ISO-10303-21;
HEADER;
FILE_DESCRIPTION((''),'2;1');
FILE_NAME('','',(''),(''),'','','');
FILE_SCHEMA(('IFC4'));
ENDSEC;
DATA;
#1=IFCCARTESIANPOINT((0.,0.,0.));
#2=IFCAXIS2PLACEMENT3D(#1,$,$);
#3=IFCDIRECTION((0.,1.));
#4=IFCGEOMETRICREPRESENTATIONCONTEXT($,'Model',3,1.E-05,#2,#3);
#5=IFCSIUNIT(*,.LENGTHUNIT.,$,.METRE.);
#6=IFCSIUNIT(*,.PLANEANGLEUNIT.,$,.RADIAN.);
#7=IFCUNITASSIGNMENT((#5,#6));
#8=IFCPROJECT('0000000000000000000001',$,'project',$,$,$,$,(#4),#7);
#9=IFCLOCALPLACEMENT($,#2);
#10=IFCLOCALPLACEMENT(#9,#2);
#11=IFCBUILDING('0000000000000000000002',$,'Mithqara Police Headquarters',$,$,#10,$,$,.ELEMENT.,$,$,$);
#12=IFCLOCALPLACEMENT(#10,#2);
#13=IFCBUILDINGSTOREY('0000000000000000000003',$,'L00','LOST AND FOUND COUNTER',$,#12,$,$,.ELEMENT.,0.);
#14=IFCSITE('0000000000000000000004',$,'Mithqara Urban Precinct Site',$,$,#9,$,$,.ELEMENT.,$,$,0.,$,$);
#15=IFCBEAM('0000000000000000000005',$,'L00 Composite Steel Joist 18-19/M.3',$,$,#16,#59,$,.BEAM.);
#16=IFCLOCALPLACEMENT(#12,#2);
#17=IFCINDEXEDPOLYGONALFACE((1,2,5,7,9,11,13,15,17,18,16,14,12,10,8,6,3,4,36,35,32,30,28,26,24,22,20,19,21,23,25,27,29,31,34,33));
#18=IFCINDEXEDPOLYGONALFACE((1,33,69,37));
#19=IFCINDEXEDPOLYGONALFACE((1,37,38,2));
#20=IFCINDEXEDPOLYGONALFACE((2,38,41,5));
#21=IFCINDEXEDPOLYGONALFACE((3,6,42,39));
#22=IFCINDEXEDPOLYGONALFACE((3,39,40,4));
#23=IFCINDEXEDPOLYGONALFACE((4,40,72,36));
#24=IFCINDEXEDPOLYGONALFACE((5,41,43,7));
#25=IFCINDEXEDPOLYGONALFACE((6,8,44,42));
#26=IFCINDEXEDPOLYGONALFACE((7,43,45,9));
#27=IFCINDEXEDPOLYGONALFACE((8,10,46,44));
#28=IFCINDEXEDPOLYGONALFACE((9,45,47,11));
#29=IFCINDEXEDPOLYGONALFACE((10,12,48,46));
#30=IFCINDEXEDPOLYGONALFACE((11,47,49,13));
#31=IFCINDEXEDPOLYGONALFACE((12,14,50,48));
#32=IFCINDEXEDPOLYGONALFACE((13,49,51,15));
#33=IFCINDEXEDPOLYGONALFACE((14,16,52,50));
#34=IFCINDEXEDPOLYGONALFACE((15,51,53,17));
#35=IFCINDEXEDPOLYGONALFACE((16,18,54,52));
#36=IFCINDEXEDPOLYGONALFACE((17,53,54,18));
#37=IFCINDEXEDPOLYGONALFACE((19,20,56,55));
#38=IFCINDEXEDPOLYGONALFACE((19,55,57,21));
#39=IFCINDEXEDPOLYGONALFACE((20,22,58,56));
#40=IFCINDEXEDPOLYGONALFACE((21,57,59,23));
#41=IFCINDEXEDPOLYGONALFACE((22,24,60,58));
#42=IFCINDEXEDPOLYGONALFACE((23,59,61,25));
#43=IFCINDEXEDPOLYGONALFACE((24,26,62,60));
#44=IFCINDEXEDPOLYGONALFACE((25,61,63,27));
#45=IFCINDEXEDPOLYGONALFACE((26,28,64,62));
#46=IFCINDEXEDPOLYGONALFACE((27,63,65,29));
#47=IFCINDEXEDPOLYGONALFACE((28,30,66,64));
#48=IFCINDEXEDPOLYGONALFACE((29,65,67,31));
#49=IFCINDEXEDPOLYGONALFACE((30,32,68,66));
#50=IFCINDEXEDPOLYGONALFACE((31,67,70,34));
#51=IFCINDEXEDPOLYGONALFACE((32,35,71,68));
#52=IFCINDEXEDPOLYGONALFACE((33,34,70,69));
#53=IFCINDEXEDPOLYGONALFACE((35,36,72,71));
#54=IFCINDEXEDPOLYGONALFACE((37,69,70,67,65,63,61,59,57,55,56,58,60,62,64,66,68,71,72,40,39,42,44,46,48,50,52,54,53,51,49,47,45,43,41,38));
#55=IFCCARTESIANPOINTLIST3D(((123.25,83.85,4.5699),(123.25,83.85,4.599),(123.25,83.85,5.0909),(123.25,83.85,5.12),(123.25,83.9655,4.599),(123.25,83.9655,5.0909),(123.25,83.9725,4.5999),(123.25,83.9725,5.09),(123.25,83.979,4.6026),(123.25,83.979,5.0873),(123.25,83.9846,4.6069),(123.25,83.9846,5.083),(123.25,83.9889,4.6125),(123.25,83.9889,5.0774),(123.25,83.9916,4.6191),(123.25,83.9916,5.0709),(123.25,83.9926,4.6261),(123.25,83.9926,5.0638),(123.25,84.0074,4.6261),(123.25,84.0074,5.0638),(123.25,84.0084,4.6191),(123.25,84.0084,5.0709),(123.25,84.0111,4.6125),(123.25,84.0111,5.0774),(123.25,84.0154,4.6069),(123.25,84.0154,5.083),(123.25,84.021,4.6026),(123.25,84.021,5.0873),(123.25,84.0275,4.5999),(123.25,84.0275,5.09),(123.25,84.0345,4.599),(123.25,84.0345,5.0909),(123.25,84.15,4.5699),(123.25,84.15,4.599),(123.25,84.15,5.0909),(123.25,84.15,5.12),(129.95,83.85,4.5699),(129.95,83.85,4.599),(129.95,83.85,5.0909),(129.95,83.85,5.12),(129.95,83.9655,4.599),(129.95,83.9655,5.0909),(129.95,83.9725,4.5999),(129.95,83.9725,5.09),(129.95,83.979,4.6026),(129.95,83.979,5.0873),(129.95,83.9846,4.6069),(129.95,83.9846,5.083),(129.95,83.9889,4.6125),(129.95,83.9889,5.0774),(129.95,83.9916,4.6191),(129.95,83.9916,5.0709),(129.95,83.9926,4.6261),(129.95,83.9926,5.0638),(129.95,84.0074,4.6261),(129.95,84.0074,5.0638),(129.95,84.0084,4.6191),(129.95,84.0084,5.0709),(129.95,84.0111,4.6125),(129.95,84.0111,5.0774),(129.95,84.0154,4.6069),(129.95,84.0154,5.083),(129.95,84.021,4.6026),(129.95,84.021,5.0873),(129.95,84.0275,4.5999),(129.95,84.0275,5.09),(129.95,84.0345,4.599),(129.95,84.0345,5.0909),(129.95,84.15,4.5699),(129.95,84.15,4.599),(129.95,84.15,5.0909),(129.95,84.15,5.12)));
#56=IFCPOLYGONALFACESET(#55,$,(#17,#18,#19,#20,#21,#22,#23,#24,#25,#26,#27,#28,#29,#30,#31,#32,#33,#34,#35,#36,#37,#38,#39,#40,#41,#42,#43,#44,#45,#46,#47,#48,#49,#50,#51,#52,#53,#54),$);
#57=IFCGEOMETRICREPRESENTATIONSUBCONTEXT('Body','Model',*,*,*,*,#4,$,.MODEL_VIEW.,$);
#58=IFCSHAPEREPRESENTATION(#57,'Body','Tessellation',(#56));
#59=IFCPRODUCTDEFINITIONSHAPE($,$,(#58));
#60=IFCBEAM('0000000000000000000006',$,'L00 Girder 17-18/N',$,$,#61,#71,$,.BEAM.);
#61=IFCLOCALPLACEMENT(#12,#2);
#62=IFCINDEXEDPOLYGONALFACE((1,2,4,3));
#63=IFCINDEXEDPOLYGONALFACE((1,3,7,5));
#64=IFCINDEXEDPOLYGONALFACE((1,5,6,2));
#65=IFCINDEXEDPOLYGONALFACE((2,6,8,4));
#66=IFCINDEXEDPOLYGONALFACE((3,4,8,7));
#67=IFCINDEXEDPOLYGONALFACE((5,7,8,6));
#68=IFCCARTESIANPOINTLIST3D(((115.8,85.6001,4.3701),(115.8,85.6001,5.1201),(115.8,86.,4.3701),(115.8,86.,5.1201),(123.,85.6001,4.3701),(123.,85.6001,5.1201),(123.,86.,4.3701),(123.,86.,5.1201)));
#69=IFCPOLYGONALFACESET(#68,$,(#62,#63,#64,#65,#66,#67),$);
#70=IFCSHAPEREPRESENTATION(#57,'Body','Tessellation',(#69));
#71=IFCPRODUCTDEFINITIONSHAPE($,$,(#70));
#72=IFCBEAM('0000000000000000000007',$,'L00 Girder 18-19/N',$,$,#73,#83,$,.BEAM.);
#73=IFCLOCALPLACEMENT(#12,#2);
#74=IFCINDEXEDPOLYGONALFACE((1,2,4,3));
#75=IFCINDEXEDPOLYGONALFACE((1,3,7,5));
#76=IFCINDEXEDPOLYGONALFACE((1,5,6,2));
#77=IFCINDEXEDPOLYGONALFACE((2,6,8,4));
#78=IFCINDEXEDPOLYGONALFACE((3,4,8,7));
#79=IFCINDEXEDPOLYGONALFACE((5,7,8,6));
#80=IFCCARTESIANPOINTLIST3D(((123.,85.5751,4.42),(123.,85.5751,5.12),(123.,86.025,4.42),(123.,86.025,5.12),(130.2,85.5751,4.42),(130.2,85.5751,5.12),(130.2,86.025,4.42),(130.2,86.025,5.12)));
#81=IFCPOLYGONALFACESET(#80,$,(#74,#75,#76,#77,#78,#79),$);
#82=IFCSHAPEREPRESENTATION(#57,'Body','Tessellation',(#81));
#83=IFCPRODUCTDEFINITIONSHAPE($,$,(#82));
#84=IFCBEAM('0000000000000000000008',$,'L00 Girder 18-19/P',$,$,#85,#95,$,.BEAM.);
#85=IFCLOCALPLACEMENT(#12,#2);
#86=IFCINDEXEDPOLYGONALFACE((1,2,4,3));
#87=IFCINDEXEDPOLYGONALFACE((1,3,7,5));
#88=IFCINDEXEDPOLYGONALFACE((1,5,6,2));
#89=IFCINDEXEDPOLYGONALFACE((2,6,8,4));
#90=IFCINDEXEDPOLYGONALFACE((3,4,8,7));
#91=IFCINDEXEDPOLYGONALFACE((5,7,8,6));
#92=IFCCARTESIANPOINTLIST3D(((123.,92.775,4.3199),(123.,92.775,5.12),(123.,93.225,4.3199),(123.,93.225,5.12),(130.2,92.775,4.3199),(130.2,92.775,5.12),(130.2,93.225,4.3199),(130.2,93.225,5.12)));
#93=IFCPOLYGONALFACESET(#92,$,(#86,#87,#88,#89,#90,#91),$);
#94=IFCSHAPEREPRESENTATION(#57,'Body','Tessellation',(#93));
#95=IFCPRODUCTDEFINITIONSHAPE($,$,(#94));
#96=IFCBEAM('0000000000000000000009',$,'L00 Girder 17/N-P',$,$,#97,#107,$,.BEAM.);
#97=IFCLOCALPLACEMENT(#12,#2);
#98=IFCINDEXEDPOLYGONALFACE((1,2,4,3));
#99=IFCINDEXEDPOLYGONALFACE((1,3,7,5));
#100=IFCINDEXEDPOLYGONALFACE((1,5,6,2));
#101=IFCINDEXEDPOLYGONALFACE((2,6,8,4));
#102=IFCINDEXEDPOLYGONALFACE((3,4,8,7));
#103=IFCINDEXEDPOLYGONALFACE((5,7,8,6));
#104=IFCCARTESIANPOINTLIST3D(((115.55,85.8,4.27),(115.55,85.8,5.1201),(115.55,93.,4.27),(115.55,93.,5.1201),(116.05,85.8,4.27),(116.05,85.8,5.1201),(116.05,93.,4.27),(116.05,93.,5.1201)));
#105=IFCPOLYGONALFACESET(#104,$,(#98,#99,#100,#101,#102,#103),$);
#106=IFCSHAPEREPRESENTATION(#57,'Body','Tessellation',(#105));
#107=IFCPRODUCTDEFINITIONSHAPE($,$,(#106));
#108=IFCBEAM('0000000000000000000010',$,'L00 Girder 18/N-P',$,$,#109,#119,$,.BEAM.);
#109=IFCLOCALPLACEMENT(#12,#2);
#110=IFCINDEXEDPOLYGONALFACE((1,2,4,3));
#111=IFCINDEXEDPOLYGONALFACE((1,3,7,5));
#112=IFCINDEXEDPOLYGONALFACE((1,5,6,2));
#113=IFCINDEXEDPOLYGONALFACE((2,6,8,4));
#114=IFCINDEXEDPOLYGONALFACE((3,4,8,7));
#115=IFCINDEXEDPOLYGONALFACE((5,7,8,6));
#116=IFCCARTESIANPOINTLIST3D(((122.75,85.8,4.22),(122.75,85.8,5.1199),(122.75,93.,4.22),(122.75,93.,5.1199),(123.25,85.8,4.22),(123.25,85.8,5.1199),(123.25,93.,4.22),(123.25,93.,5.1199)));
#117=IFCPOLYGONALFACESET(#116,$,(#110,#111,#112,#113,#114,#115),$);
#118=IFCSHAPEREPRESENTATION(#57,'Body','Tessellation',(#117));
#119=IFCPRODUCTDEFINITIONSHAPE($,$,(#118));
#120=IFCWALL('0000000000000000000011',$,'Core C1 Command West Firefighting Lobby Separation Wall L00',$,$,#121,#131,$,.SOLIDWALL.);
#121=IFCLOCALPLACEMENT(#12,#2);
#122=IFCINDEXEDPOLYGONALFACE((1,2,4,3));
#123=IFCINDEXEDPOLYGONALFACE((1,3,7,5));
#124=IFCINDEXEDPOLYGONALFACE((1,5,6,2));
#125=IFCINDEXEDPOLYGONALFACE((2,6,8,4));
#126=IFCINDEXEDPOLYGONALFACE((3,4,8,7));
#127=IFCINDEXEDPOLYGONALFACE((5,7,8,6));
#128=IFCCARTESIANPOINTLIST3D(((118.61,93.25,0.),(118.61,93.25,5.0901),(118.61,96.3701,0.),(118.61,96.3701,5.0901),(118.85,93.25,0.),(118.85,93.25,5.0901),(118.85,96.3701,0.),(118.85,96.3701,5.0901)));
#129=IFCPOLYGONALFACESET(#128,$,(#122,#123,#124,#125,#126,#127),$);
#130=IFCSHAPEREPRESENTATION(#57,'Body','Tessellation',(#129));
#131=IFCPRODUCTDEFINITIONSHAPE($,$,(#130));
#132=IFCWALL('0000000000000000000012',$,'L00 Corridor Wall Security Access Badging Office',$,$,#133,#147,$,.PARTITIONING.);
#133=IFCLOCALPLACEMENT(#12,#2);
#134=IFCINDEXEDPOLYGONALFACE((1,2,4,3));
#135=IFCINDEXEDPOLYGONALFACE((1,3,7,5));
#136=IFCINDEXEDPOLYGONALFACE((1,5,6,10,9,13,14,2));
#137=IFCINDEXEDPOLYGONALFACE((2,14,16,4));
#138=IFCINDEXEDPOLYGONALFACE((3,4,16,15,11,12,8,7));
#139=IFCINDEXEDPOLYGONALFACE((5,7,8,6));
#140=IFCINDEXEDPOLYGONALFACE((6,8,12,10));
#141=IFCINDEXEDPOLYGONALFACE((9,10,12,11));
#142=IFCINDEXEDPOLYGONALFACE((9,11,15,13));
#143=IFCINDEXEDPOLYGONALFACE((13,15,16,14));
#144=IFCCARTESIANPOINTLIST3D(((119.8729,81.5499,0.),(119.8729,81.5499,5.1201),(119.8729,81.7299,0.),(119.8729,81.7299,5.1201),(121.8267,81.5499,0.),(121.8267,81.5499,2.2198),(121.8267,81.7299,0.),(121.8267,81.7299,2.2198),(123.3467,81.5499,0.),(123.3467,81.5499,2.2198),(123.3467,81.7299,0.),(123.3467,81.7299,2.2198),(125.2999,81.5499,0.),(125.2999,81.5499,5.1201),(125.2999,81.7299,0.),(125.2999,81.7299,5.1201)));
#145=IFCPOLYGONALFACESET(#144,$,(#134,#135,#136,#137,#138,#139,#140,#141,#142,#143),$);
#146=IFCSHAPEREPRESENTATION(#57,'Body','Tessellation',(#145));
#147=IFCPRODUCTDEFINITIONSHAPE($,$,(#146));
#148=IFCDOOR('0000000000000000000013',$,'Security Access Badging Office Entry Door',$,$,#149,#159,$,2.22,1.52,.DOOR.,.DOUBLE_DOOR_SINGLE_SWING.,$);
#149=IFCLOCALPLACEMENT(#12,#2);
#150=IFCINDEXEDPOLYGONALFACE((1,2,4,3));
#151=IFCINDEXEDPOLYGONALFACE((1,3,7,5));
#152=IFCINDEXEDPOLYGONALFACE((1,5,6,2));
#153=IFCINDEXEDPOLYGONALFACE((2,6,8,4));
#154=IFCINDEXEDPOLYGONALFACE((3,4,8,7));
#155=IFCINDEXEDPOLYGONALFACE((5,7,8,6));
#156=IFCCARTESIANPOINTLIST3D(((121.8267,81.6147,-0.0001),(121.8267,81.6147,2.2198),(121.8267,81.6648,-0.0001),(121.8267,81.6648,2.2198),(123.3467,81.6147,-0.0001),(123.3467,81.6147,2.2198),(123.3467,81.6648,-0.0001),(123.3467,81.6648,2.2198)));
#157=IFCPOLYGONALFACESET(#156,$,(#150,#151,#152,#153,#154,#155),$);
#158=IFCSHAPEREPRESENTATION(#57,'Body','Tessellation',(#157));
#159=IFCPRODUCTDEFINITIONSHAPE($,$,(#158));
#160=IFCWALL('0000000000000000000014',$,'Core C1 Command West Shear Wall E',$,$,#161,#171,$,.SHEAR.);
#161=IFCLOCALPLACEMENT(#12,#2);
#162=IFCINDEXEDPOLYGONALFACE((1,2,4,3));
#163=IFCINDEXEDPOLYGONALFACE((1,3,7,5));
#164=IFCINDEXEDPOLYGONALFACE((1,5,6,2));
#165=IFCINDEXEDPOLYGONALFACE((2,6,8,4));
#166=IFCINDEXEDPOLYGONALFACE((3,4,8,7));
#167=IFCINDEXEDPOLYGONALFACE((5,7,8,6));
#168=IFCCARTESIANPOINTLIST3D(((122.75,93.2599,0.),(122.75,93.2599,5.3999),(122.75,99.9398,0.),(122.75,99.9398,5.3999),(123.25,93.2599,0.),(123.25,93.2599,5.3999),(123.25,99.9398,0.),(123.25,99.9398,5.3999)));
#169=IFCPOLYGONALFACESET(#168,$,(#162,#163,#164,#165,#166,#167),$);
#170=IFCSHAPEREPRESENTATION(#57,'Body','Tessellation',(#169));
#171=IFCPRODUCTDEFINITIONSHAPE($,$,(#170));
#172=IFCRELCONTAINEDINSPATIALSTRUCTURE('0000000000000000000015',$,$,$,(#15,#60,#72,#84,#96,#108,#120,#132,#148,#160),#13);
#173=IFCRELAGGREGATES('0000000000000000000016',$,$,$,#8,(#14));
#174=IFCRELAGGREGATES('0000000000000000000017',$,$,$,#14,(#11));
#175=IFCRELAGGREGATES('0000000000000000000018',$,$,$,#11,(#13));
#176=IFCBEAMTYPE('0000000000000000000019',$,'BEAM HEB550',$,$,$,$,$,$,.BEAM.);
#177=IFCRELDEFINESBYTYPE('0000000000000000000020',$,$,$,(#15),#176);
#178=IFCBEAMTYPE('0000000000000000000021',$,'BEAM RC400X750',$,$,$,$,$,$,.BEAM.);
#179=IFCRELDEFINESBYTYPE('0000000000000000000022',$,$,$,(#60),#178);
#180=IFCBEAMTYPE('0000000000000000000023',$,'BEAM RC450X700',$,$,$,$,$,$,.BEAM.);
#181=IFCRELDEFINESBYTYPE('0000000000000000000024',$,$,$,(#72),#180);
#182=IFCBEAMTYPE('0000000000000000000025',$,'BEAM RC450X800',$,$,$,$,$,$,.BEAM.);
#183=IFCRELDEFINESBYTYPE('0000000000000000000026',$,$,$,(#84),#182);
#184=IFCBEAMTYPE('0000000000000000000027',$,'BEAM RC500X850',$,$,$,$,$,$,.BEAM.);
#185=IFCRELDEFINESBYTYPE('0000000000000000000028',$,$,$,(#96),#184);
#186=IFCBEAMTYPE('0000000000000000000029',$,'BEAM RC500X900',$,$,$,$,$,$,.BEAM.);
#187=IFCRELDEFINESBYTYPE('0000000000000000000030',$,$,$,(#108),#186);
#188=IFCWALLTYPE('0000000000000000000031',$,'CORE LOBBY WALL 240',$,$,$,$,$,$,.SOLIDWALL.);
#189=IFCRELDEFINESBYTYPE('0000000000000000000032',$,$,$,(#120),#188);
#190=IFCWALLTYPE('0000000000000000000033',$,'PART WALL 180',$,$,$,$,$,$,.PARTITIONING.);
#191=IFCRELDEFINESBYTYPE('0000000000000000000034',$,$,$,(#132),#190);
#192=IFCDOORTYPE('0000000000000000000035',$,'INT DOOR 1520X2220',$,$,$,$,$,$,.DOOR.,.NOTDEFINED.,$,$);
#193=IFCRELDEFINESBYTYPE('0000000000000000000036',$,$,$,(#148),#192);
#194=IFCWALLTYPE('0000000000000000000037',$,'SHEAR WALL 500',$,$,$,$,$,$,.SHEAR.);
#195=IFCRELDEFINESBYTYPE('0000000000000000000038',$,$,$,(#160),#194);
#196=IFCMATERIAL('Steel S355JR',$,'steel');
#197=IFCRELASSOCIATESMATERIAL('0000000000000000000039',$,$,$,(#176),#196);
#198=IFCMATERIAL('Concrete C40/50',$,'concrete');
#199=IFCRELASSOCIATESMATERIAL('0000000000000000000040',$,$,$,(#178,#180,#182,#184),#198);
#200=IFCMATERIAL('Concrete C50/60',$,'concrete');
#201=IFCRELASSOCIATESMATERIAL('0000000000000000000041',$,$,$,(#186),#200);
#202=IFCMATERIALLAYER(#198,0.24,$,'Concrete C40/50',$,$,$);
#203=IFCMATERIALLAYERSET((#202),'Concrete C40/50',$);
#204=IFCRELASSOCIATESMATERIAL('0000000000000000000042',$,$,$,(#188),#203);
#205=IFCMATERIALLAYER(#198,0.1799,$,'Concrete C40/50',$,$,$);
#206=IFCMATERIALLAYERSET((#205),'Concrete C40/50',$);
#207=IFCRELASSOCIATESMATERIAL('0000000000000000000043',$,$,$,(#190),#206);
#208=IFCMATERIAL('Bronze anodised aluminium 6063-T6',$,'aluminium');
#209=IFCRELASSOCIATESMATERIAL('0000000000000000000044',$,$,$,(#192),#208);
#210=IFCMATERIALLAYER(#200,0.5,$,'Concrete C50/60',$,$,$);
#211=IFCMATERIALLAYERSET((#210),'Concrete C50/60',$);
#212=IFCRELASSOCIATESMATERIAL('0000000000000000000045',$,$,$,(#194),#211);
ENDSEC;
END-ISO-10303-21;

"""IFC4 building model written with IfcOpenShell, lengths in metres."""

from ifc_helpers import new_model, si_unit, direction, frame, frame_2d, origin, origin_2d, place, context, subcontext, project, spatial, rectangle, i_section, extrude, material, layer, layer_set, material_profile, profile_set, type_object, element, fill, save


model = new_model("IFC4")

# Units and contexts
model_context = context("Model", 3, precision=1e-05, world=origin(), true_north=direction((0.0, 1.0)))
body_context = subcontext(model_context, "Body", "Model", "MODEL_VIEW")
ifc_project = project(units=[si_unit("LENGTHUNIT", "METRE"), si_unit("PLANEANGLEUNIT", "RADIAN")], contexts=[model_context])

# Site, building, storey
site_placement = place(None, origin())
site = spatial("IfcSite", under=ifc_project, at=site_placement, Name="Mithqara Urban Precinct Site", CompositionType="ELEMENT", RefElevation=0.0)
building_placement = place(site_placement, origin())
building = spatial("IfcBuilding", under=site, at=building_placement, Name="Mithqara Police Headquarters", CompositionType="ELEMENT")
storey_placement = place(building_placement, origin())
storey = spatial("IfcBuildingStorey", under=building, at=storey_placement, Name="L00", Description="LOST AND FOUND COUNTER", CompositionType="ELEMENT", Elevation=0.0)

# Shared definitions
ifc_material_1 = material(Name="Concrete C50/60", Category="concrete")

# Beams
ifc_material_2 = material(Name="Steel S355JR", Category="steel")
ifc_material_profile_1 = material_profile(ifc_material_2, i_section(OverallWidth=0.3, OverallDepth=0.55, WebThickness=0.0149, FlangeThickness=0.0291, FilletRadius=0.0271, at=origin_2d()), Name="HEB 550")
ifc_profile_set_1 = profile_set([ifc_material_profile_1], Name="Steel S355JR")
beam_type_1 = type_object("IfcBeamType", Name="BEAM HEB550", PredefinedType="BEAM", material=ifc_profile_set_1)
for number, where, z_axis, x_axis, name in (
    (1, (123.25, 84.0, 4.845), (1.0, 0.0, 0.0), (0.0, 1.0, 0.0), "L00 Composite Steel Joist 18-19/M.3"),
):
    element("IfcBeam", number, at=place(storey_placement, frame(where, z_axis=z_axis, x_axis=x_axis)), inside=storey, type_object=beam_type_1, Name=name, PredefinedType="BEAM", context=body_context, shape_type="SweptSolid", body=[
        extrude(i_section(OverallWidth=0.3, OverallDepth=0.55, WebThickness=0.0149, FlangeThickness=0.0291, FilletRadius=0.0271, at=origin_2d()), origin(), (0.0, 0.0, 1.0), 6.7),
    ])
ifc_material_3 = material(Name="Concrete C40/50", Category="concrete")
ifc_material_profile_2 = material_profile(ifc_material_3, rectangle(XDim=0.3999, YDim=0.75, at=origin_2d()), Name="RC 400x750")
ifc_profile_set_2 = profile_set([ifc_material_profile_2], Name="Concrete C40/50")
beam_type_2 = type_object("IfcBeamType", Name="BEAM RC400X750", PredefinedType="BEAM", material=ifc_profile_set_2)
beam_1_placement = place(storey_placement, frame((115.8, 85.8, 4.7451), z_axis=(1.0, 0.0, 0.0), x_axis=(0.0, 1.0, 0.0)))
element("IfcBeam", 2, at=beam_1_placement, inside=storey, type_object=beam_type_2, Name="L00 Girder 17-18/N", PredefinedType="BEAM", context=body_context, shape_type="SweptSolid", body=[
    extrude(rectangle(XDim=0.3999, YDim=0.75, at=origin_2d()), origin(), (0.0, 0.0, 1.0), 7.2),
])
ifc_material_profile_3 = material_profile(ifc_material_3, rectangle(XDim=0.45, YDim=0.7, at=origin_2d()), Name="RC 450x700")
ifc_profile_set_3 = profile_set([ifc_material_profile_3], Name="Concrete C40/50")
beam_type_3 = type_object("IfcBeamType", Name="BEAM RC450X700", PredefinedType="BEAM", material=ifc_profile_set_3)
beam_2_placement = place(storey_placement, frame((123.0, 85.8, 4.77), z_axis=(1.0, 0.0, 0.0), x_axis=(0.0, 1.0, 0.0)))
element("IfcBeam", 3, at=beam_2_placement, inside=storey, type_object=beam_type_3, Name="L00 Girder 18-19/N", PredefinedType="BEAM", context=body_context, shape_type="SweptSolid", body=[
    extrude(rectangle(XDim=0.45, YDim=0.7, at=origin_2d()), origin(), (0.0, 0.0, 1.0), 7.2),
])
ifc_material_profile_4 = material_profile(ifc_material_3, rectangle(XDim=0.45, YDim=0.8, at=origin_2d()), Name="RC 450x800")
ifc_profile_set_4 = profile_set([ifc_material_profile_4], Name="Concrete C40/50")
beam_type_4 = type_object("IfcBeamType", Name="BEAM RC450X800", PredefinedType="BEAM", material=ifc_profile_set_4)
beam_3_placement = place(storey_placement, frame((123.0, 93.0, 4.72), z_axis=(1.0, 0.0, 0.0), x_axis=(0.0, 1.0, 0.0)))
element("IfcBeam", 4, at=beam_3_placement, inside=storey, type_object=beam_type_4, Name="L00 Girder 18-19/P", PredefinedType="BEAM", context=body_context, shape_type="SweptSolid", body=[
    extrude(rectangle(XDim=0.45, YDim=0.8, at=origin_2d()), origin(), (0.0, 0.0, 1.0), 7.2),
])
ifc_material_profile_5 = material_profile(ifc_material_3, rectangle(XDim=0.5, YDim=0.8501, at=origin_2d()), Name="RC 500x850")
ifc_profile_set_5 = profile_set([ifc_material_profile_5], Name="Concrete C40/50")
beam_type_5 = type_object("IfcBeamType", Name="BEAM RC500X850", PredefinedType="BEAM", material=ifc_profile_set_5)
beam_4_placement = place(storey_placement, frame((115.8, 85.8, 4.6951), z_axis=(0.0, 1.0, 0.0), x_axis=(-1.0, 0.0, 0.0)))
element("IfcBeam", 5, at=beam_4_placement, inside=storey, type_object=beam_type_5, Name="L00 Girder 17/N-P", PredefinedType="BEAM", context=body_context, shape_type="SweptSolid", body=[
    extrude(rectangle(XDim=0.5, YDim=0.8501, at=origin_2d()), origin(), (0.0, 0.0, 1.0), 7.2),
])
ifc_material_profile_6 = material_profile(ifc_material_1, rectangle(XDim=0.5, YDim=0.8999, at=origin_2d()), Name="RC 500x900")
ifc_profile_set_6 = profile_set([ifc_material_profile_6], Name="Concrete C50/60")
beam_type_6 = type_object("IfcBeamType", Name="BEAM RC500X900", PredefinedType="BEAM", material=ifc_profile_set_6)
beam_5_placement = place(storey_placement, frame((123.0, 85.8, 4.6699), z_axis=(0.0, 1.0, 0.0), x_axis=(-1.0, 0.0, 0.0)))
element("IfcBeam", 6, at=beam_5_placement, inside=storey, type_object=beam_type_6, Name="L00 Girder 18/N-P", PredefinedType="BEAM", context=body_context, shape_type="SweptSolid", body=[
    extrude(rectangle(XDim=0.5, YDim=0.8999, at=origin_2d()), origin(), (0.0, 0.0, 1.0), 7.2),
])

# Wall
ifc_layer_1 = layer(ifc_material_3, 0.24, Name="Concrete C40/50")
ifc_layer_set_1 = layer_set([ifc_layer_1], Name="Concrete C40/50")
wall_type_1 = type_object("IfcWallType", Name="CORE LOBBY WALL 240", PredefinedType="SOLIDWALL", material=ifc_layer_set_1)
wall_1_placement = place(storey_placement, frame((118.73, 93.25, 0.0), z_axis=(0.0, 0.0, 1.0), x_axis=(0.0, 1.0, 0.0)))
element("IfcWall", 7, at=wall_1_placement, inside=storey, type_object=wall_type_1, Name="Core C1 Command West Firefighting Lobby Separation Wall L00", PredefinedType="SOLIDWALL", context=body_context, shape_type="SweptSolid", body=[
    extrude(rectangle(XDim=3.1201, YDim=0.24, at=frame_2d((1.5601, 0.0))), origin(), (0.0, 0.0, 1.0), 5.0901),
])

# Wall, opening, door
ifc_layer_2 = layer(ifc_material_3, 0.1799, Name="Concrete C40/50")
ifc_layer_set_2 = layer_set([ifc_layer_2], Name="Concrete C40/50")
wall_type_2 = type_object("IfcWallType", Name="PART WALL 180", PredefinedType="PARTITIONING", material=ifc_layer_set_2)
wall_2_placement = place(storey_placement, frame((119.873, 81.6399, 0.0), z_axis=(0.0, 0.0, 1.0), x_axis=(1.0, 0.0, 0.0)))
wall_2 = element("IfcWall", 8, at=wall_2_placement, inside=storey, type_object=wall_type_2, Name="L00 Corridor Wall Security Access Badging Office", PredefinedType="PARTITIONING", context=body_context, shape_type="SweptSolid", body=[
    extrude(rectangle(XDim=5.427, YDim=0.1799, at=frame_2d((2.7134, 0.0))), origin(), (0.0, 0.0, 1.0), 5.1201),
])
opening_placement = place(wall_2_placement, frame((1.9536, 0.0, 0.0)))
opening = element("IfcOpeningElement", 9, at=opening_placement, cuts=wall_2, PredefinedType="OPENING", context=body_context, shape_type="SweptSolid", body=[
    extrude(rectangle(XDim=1.52, YDim=2.22, at=frame_2d((0.76, 1.1099))), frame((0.0, 0.1001, 0.0), z_axis=(0.0, -1.0, 0.0), x_axis=(1.0, 0.0, 0.0)), (0.0, 0.0, 1.0), 0.2),
])
ifc_material_4 = material(Name="Bronze anodised aluminium 6063-T6", Category="aluminium")
door_type = type_object("IfcDoorType", Name="INT DOOR 1520X2220", OperationType="NOTDEFINED", PredefinedType="DOOR", material=ifc_material_4)
door_placement = place(opening_placement, origin())
door = element("IfcDoor", 10, at=door_placement, inside=storey, type_object=door_type, Name="Security Access Badging Office Entry Door", OperationType="DOUBLE_DOOR_SINGLE_SWING", OverallHeight=2.22, OverallWidth=1.52, PredefinedType="DOOR", context=body_context, shape_type="SweptSolid", body=[
    extrude(rectangle(XDim=1.52, YDim=2.22, at=frame_2d((0.76, 1.1099))), frame((0.0, 0.0249, 0.0), z_axis=(0.0, -1.0, 0.0), x_axis=(1.0, 0.0, 0.0)), (0.0, 0.0, 1.0), 0.05),
])
fill(opening, door)

# Wall
ifc_layer_3 = layer(ifc_material_1, 0.5, Name="Concrete C50/60")
ifc_layer_set_3 = layer_set([ifc_layer_3], Name="Concrete C50/60")
wall_type_3 = type_object("IfcWallType", Name="SHEAR WALL 500", PredefinedType="SHEAR", material=ifc_layer_set_3)
wall_3_placement = place(storey_placement, frame((123.0, 93.26, 0.0), z_axis=(0.0, 0.0, 1.0), x_axis=(0.0, 1.0, 0.0)))
element("IfcWall", 11, at=wall_3_placement, inside=storey, type_object=wall_type_3, Name="Core C1 Command West Shear Wall E", PredefinedType="SHEAR", context=body_context, shape_type="SweptSolid", body=[
    extrude(rectangle(XDim=6.6799, YDim=0.5, at=frame_2d((3.3398, 0.0))), origin(), (0.0, 0.0, 1.0), 5.3999),
])

save(model, "model.ifc")
